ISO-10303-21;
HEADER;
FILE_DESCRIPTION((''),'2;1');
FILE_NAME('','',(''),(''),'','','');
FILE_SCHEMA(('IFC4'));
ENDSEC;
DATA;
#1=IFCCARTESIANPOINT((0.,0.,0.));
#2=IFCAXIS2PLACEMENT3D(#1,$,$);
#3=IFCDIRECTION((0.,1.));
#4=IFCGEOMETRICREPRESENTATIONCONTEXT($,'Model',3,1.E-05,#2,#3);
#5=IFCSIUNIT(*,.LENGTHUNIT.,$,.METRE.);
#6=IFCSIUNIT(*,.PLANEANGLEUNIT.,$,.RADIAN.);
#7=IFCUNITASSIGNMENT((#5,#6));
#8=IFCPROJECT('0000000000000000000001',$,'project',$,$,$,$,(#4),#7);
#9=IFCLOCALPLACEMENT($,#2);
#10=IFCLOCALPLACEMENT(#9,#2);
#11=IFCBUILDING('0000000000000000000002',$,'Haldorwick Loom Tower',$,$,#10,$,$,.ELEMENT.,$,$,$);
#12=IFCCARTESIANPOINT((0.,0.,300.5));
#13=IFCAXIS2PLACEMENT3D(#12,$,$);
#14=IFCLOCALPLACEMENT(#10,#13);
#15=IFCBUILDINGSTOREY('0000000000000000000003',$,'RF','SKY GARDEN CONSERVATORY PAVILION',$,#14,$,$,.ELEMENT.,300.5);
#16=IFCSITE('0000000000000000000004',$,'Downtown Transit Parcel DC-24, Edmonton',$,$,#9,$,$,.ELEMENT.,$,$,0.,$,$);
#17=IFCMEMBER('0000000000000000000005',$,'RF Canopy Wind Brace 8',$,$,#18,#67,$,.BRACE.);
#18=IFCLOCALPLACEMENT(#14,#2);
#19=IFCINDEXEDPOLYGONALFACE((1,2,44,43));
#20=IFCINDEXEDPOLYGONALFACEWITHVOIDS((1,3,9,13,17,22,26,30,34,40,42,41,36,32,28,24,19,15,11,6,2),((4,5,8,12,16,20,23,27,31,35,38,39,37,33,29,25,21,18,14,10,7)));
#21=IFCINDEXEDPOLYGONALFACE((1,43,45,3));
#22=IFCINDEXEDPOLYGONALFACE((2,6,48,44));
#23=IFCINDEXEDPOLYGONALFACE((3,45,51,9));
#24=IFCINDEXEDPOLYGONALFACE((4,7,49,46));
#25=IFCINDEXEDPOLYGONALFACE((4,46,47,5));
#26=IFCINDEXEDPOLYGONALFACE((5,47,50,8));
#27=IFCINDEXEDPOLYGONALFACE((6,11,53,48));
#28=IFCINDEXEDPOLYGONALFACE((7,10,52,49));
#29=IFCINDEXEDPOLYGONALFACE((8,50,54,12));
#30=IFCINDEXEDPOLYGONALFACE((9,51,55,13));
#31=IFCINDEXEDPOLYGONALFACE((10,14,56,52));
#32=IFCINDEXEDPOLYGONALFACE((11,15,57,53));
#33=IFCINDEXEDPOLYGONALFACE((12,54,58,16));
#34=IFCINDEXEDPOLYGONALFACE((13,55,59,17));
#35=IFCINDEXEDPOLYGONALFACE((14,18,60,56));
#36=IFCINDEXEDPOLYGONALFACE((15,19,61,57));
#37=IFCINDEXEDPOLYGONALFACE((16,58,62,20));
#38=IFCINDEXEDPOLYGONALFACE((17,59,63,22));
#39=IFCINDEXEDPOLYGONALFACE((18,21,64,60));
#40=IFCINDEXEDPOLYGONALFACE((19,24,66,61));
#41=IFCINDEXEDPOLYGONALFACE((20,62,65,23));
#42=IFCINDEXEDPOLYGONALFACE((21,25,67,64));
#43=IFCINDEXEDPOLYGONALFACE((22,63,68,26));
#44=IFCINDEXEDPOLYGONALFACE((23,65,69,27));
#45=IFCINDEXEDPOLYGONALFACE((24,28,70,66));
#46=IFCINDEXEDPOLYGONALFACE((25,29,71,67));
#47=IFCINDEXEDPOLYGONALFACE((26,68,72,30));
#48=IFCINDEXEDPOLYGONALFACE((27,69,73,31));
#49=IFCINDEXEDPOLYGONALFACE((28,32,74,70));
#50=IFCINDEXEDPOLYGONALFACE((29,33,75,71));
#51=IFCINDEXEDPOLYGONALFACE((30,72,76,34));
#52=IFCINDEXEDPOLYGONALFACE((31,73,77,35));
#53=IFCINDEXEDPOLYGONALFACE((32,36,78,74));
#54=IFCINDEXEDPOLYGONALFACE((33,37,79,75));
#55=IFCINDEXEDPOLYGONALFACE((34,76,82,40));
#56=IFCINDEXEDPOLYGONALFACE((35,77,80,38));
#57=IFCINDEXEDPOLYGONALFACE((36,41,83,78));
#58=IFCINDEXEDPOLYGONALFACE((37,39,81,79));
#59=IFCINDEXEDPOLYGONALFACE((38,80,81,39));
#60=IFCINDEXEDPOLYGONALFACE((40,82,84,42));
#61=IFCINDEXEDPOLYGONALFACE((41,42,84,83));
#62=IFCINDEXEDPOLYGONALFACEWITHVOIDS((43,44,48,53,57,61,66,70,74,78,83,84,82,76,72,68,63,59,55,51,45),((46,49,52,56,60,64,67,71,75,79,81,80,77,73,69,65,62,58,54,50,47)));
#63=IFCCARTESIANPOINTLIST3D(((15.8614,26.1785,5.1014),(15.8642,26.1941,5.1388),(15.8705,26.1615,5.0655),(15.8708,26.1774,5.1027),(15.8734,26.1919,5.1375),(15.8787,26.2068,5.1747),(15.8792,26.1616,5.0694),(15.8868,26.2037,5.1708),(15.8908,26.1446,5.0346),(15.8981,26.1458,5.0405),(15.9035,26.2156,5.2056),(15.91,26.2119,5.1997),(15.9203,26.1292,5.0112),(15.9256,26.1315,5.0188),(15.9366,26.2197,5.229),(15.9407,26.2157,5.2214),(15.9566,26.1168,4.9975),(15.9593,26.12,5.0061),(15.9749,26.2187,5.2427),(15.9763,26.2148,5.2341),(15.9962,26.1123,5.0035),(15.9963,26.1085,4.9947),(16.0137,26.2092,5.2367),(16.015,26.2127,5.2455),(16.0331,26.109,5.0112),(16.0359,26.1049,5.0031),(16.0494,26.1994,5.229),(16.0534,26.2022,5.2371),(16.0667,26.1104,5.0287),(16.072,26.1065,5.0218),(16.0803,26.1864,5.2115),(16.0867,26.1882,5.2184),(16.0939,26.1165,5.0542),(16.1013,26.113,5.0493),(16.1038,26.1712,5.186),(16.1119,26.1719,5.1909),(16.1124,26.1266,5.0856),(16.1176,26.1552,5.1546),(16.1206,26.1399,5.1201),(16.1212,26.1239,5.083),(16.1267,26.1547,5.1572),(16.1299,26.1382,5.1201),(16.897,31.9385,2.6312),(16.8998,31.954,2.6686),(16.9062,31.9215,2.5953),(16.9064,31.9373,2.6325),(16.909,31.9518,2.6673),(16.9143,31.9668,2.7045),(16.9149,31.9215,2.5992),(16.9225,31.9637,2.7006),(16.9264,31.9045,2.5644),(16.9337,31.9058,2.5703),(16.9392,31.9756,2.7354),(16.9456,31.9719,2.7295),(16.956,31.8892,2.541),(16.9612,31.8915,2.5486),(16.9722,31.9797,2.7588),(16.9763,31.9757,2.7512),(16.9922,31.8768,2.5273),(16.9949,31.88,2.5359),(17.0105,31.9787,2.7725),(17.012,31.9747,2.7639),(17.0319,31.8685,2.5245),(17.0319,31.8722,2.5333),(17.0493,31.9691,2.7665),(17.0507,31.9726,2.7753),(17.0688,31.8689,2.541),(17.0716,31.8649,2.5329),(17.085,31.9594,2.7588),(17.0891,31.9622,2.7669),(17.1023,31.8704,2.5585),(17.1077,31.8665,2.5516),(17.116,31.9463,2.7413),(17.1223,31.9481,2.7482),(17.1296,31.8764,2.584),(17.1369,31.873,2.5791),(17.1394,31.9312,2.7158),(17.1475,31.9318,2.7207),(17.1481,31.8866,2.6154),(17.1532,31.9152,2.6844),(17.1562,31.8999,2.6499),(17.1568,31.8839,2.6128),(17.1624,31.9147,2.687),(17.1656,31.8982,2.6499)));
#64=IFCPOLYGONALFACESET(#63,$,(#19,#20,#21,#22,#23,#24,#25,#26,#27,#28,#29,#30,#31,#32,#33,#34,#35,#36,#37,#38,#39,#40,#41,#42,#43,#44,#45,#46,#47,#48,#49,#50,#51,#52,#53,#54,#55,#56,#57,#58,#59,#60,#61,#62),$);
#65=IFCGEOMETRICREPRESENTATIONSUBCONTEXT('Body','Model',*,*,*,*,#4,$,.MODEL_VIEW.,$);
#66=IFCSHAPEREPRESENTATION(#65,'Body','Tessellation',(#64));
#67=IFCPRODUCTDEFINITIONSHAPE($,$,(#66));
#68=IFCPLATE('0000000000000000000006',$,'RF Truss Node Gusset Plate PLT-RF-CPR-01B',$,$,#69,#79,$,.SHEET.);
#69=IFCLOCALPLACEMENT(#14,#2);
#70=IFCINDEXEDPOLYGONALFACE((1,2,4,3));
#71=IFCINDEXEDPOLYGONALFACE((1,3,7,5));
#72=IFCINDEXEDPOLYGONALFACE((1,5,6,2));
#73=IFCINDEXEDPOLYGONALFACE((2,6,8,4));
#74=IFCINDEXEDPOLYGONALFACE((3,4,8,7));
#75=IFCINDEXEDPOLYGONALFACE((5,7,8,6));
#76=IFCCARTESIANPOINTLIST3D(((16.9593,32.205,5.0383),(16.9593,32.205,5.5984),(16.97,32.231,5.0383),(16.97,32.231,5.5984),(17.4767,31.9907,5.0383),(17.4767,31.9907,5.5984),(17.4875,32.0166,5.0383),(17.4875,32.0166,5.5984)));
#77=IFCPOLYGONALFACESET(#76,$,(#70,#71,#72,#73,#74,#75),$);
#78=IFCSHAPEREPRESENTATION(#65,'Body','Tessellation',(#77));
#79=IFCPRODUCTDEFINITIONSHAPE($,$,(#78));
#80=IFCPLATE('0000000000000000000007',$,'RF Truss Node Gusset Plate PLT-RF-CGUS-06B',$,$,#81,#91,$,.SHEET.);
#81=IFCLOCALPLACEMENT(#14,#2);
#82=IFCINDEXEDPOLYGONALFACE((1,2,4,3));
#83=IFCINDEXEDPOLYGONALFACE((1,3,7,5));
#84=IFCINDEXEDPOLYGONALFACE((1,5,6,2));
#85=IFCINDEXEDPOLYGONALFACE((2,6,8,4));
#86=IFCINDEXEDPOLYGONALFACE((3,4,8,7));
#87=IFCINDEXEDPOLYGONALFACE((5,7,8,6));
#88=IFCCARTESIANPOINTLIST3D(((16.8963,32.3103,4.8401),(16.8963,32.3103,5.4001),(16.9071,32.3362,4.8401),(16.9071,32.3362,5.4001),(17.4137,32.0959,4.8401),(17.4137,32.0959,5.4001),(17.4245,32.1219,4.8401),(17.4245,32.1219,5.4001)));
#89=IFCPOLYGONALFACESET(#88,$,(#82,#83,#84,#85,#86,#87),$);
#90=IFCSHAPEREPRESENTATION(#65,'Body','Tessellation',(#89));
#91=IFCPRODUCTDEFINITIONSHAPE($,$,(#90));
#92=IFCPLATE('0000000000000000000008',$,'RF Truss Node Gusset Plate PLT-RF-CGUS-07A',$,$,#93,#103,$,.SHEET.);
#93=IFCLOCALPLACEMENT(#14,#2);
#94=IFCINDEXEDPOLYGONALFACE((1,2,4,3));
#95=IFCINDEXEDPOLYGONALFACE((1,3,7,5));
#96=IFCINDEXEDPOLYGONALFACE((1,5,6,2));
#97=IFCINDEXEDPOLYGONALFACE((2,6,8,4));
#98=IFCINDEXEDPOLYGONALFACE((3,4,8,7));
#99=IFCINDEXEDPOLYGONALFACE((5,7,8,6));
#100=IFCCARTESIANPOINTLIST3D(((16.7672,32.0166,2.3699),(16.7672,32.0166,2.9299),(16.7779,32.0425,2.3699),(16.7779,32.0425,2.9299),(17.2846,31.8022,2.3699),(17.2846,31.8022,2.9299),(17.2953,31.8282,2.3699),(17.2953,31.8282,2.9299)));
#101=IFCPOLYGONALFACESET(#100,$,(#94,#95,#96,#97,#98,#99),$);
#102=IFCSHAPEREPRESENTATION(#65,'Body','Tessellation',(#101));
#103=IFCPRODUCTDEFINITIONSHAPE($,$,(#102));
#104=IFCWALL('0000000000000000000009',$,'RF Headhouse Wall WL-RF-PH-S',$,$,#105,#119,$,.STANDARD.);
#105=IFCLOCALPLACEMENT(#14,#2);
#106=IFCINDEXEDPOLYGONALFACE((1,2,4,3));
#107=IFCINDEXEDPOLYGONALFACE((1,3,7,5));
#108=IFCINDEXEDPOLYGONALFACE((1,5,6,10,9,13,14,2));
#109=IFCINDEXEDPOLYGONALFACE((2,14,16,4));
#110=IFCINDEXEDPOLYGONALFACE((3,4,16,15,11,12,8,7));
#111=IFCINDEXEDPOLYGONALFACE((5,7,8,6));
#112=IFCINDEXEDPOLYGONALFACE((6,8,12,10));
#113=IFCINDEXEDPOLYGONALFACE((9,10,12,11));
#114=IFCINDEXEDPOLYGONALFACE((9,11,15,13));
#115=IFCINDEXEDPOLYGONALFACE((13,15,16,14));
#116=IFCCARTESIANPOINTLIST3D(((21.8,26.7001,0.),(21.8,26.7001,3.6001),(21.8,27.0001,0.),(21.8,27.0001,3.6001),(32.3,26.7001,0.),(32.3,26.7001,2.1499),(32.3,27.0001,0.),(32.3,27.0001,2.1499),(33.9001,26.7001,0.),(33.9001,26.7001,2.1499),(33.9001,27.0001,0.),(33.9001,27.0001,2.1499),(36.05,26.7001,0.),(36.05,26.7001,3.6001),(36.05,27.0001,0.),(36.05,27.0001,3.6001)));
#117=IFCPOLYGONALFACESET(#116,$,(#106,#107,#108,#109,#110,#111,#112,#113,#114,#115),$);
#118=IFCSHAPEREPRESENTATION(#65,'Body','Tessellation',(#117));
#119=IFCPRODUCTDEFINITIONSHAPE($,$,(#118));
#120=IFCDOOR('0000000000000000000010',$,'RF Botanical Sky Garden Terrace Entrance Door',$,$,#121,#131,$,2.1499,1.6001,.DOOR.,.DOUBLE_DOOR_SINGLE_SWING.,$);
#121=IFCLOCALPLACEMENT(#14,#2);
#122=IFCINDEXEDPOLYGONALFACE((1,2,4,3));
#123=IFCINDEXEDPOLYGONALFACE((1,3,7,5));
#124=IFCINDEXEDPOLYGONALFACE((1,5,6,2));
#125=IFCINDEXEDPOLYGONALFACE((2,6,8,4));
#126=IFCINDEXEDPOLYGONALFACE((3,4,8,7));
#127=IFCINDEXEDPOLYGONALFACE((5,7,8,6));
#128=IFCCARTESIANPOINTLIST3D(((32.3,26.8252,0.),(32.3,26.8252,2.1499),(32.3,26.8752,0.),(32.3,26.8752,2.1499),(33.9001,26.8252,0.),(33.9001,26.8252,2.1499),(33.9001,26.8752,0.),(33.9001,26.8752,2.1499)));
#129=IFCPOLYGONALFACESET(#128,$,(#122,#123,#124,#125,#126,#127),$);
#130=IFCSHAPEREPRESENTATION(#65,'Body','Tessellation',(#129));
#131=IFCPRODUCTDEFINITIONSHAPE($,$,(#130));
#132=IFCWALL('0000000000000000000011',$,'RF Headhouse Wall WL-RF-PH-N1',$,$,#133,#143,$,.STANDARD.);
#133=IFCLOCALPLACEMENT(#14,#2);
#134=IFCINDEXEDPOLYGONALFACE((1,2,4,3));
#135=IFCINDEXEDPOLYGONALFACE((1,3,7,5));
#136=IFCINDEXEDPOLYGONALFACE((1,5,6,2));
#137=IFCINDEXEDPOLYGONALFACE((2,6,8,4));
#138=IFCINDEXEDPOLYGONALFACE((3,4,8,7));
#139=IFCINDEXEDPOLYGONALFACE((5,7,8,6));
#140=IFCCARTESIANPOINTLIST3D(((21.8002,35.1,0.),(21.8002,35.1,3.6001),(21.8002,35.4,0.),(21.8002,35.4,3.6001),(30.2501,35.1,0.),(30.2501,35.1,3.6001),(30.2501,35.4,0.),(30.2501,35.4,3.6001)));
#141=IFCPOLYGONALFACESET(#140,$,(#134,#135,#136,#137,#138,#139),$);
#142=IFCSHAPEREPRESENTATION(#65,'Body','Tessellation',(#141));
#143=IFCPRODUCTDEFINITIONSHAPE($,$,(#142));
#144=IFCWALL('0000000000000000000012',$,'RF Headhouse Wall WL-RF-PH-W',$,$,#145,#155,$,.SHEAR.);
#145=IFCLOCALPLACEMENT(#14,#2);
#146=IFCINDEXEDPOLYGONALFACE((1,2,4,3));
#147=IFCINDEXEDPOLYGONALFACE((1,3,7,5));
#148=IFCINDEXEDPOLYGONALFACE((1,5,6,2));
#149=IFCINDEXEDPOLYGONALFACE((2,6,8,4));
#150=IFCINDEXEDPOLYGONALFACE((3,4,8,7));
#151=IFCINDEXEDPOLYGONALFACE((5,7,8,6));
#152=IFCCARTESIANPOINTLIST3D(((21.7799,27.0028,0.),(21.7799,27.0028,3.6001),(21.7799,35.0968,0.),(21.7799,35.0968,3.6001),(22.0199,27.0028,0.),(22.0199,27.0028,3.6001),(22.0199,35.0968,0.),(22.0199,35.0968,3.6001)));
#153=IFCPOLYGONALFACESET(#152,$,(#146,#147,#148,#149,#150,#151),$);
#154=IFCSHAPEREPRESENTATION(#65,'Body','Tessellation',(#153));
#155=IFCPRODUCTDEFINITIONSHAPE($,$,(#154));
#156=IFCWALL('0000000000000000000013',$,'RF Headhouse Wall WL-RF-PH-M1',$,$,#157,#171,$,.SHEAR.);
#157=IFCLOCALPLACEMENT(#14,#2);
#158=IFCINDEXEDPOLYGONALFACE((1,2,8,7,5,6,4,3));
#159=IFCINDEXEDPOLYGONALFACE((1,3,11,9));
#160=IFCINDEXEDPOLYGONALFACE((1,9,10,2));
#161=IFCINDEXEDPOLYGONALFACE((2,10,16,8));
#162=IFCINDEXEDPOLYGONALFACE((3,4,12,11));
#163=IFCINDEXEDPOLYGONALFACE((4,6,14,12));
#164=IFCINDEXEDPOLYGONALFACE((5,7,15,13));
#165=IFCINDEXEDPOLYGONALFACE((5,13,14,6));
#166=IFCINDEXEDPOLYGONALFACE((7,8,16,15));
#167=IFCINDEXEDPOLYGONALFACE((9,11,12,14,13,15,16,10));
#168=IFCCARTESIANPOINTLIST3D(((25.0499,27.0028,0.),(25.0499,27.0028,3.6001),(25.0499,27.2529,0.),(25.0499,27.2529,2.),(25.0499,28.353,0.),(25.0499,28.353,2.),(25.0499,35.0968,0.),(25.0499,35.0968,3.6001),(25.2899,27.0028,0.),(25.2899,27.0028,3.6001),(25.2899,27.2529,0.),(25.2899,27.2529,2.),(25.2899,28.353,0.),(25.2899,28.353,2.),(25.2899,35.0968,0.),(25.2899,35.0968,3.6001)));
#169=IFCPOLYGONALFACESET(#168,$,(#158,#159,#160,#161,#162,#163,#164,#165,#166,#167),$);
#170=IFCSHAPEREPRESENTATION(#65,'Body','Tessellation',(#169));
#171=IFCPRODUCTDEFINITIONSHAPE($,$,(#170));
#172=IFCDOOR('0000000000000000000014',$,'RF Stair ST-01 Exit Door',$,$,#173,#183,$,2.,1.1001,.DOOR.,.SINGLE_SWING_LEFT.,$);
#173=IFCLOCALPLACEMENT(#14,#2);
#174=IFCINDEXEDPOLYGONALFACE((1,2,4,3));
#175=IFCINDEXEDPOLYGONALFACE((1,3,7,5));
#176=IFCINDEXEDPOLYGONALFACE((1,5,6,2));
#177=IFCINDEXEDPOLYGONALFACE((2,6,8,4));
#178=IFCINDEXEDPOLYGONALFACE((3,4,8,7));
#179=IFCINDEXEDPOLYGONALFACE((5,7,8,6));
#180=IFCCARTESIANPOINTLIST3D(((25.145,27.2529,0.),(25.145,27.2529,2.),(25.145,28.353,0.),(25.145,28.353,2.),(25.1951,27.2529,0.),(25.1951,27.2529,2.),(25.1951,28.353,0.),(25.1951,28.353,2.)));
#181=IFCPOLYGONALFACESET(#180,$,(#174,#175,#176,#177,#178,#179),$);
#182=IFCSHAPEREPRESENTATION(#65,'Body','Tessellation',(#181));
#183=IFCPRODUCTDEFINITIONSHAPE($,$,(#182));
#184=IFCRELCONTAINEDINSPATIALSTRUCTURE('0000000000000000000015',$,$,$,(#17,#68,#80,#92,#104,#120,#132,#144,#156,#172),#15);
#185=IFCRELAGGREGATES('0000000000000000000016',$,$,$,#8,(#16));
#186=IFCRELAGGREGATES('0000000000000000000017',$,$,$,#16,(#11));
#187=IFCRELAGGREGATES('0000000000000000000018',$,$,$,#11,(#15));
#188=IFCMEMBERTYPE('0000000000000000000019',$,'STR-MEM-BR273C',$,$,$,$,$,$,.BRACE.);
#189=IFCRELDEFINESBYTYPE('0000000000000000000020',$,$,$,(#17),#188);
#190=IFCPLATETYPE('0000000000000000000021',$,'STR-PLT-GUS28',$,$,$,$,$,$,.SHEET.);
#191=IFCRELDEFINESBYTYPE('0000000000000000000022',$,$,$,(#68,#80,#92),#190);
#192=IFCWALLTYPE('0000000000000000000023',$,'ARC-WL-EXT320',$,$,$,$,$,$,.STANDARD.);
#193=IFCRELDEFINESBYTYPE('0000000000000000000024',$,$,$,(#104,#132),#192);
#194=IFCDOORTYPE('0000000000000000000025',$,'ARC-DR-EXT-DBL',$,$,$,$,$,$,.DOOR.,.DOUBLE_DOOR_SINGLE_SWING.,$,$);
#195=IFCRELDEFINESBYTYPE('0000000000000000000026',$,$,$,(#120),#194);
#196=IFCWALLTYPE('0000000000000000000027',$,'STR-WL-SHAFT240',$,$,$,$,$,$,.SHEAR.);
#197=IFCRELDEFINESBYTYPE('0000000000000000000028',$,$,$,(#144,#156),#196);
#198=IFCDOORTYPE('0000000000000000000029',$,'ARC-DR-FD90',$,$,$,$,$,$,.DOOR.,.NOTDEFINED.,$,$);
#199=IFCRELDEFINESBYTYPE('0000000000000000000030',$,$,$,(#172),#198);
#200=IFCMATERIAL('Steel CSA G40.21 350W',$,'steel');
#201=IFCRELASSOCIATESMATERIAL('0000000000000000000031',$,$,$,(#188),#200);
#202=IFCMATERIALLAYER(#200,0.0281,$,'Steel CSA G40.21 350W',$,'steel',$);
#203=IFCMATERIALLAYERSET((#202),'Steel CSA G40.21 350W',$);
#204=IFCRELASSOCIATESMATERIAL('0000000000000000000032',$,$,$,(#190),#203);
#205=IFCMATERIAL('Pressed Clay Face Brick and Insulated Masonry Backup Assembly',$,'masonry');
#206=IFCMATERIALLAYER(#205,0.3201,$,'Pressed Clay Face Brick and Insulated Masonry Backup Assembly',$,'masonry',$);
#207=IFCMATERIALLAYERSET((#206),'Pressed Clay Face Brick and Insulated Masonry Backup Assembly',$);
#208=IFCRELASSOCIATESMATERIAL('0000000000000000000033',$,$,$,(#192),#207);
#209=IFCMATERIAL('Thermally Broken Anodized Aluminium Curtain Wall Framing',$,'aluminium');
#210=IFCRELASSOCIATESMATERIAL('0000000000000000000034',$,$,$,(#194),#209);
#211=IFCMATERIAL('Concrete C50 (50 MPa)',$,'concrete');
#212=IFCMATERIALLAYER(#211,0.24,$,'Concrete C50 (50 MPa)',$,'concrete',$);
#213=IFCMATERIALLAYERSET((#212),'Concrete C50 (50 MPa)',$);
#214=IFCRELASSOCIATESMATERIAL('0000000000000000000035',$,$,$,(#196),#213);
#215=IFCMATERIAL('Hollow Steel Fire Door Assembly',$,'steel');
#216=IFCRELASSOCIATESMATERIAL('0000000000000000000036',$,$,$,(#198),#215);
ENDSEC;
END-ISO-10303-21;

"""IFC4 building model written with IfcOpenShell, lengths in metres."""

from ifc_helpers import new_model, si_unit, direction, frame, frame_2d, origin, origin_2d, place, context, subcontext, project, spatial, rectangle, hollow_circle, extrude, material, layer, layer_set, material_profile, profile_set, type_object, element, fill, save


model = new_model("IFC4")

# Units and contexts
model_context = context("Model", 3, precision=1e-05, world=origin(), true_north=direction((0.0, 1.0)))
body_context = subcontext(model_context, "Body", "Model", "MODEL_VIEW")
ifc_project = project(units=[si_unit("LENGTHUNIT", "METRE"), si_unit("PLANEANGLEUNIT", "RADIAN")], contexts=[model_context])

# Site, building, storey
site_placement = place(None, origin())
site = spatial("IfcSite", under=ifc_project, at=site_placement, Name="Downtown Transit Parcel DC-24, Edmonton", CompositionType="ELEMENT", RefElevation=0.0)
building_placement = place(site_placement, origin())
building = spatial("IfcBuilding", under=site, at=building_placement, Name="Haldorwick Loom Tower", CompositionType="ELEMENT")
storey_placement = place(building_placement, frame((0.0, 0.0, 300.5)))
storey = spatial("IfcBuildingStorey", under=building, at=storey_placement, Name="RF", Description="SKY GARDEN CONSERVATORY PAVILION", CompositionType="ELEMENT", Elevation=300.5)

# Shared definitions
ifc_material_1 = material(Name="Steel CSA G40.21 350W", Category="steel")

# Member
ifc_material_profile_1 = material_profile(ifc_material_1, hollow_circle(Radius=0.1365, WallThickness=0.0095, at=origin_2d()), Name="HSS273X10", Category="steel")
ifc_profile_set_1 = profile_set([ifc_material_profile_1], Name="Steel CSA G40.21 350W")
member_type = type_object("IfcMemberType", Name="STR-MEM-BR273C", PredefinedType="BRACE", material=ifc_profile_set_1)
member_placement = place(storey_placement, frame((17.0312, 31.9224, 2.6499), z_axis=(-0.163034, -0.906754, 0.388867), x_axis=(0.984218, -0.176961, 0.0)))
element("IfcMember", 1, at=member_placement, inside=storey, type_object=member_type, Name="RF Canopy Wind Brace 8", PredefinedType="BRACE", context=body_context, shape_type="SweptSolid", body=[
    extrude(hollow_circle(Radius=0.1365, WallThickness=0.0095, at=origin_2d()), origin(), (0.0, 0.0, 1.0), 6.3523),
])

# Plates
ifc_layer_1 = layer(ifc_material_1, 0.0281, Name="Steel CSA G40.21 350W", Category="steel")
ifc_layer_set_1 = layer_set([ifc_layer_1], Name="Steel CSA G40.21 350W")
plate_type = type_object("IfcPlateType", Name="STR-PLT-GUS28", PredefinedType="SHEET", material=ifc_layer_set_1)
for number, where, z_axis, x_axis, name in (
    (2, (17.2234, 32.1108, 5.0383), (0.0, 0.0, 1.0), (-0.92388, 0.382683, 0.0), "RF Truss Node Gusset Plate PLT-RF-CPR-01B"),
    (3, (17.1604, 32.2161, 4.8401), (0.0, 0.0, 1.0), (-0.92388, 0.382683, 0.0), "RF Truss Node Gusset Plate PLT-RF-CGUS-06B"),
    (4, (17.0312, 31.9224, 2.3699), (0.0, 0.0, 1.0), (-0.92388, 0.382683, 0.0), "RF Truss Node Gusset Plate PLT-RF-CGUS-07A"),
):
    element("IfcPlate", number, at=place(storey_placement, frame(where, z_axis=z_axis, x_axis=x_axis)), inside=storey, type_object=plate_type, Name=name, PredefinedType="SHEET", context=body_context, shape_type="SweptSolid", body=[
        extrude(rectangle(XDim=0.5601, YDim=0.0281, at=origin_2d()), origin(), (0.0, 0.0, 1.0), 0.5601),
    ])

# Wall, opening, door
ifc_material_2 = material(Name="Pressed Clay Face Brick and Insulated Masonry Backup Assembly", Category="masonry")
ifc_layer_2 = layer(ifc_material_2, 0.3201, Name="Pressed Clay Face Brick and Insulated Masonry Backup Assembly", Category="masonry")
ifc_layer_set_2 = layer_set([ifc_layer_2], Name="Pressed Clay Face Brick and Insulated Masonry Backup Assembly")
wall_type_1 = type_object("IfcWallType", Name="ARC-WL-EXT320", PredefinedType="STANDARD", material=ifc_layer_set_2)
wall_1_placement = place(storey_placement, frame((21.8, 26.8501, 0.0), z_axis=(0.0, 0.0, 1.0), x_axis=(1.0, 0.0, 0.0)))
wall_1 = element("IfcWall", 5, at=wall_1_placement, inside=storey, type_object=wall_type_1, Name="RF Headhouse Wall WL-RF-PH-S", PredefinedType="STANDARD", context=body_context, shape_type="SweptSolid", body=[
    extrude(rectangle(XDim=14.25, YDim=0.3, at=frame_2d((7.125, 0.0))), origin(), (0.0, 0.0, 1.0), 3.6001),
])
opening_1_placement = place(wall_1_placement, frame((10.5, 0.0, 0.0)))
opening_1 = element("IfcOpeningElement", 6, at=opening_1_placement, cuts=wall_1, PredefinedType="OPENING", context=body_context, shape_type="SweptSolid", body=[
    extrude(rectangle(XDim=1.6001, YDim=2.1499, at=frame_2d((0.8, 1.075))), frame((0.0, 0.1599, 0.0), z_axis=(0.0, -1.0, 0.0), x_axis=(1.0, 0.0, 0.0)), (0.0, 0.0, 1.0), 0.3201),
])
ifc_material_3 = material(Name="Thermally Broken Anodized Aluminium Curtain Wall Framing", Category="aluminium")
door_type_1 = type_object("IfcDoorType", Name="ARC-DR-EXT-DBL", OperationType="DOUBLE_DOOR_SINGLE_SWING", PredefinedType="DOOR", material=ifc_material_3)
door_1_placement = place(opening_1_placement, frame((1.6001, 0.0, 0.0), z_axis=(0.0, 0.0, 1.0), x_axis=(-1.0, 0.0, 0.0)))
door_1 = element("IfcDoor", 7, at=door_1_placement, inside=storey, type_object=door_type_1, Name="RF Botanical Sky Garden Terrace Entrance Door", OperationType="DOUBLE_DOOR_SINGLE_SWING", OverallHeight=2.1499, OverallWidth=1.6001, PredefinedType="DOOR", context=body_context, shape_type="SweptSolid", body=[
    extrude(rectangle(XDim=1.6001, YDim=2.1499, at=frame_2d((0.8, 1.075))), frame((0.0, 0.0249, 0.0), z_axis=(0.0, -1.0, 0.0), x_axis=(1.0, 0.0, 0.0)), (0.0, 0.0, 1.0), 0.05),
])
fill(opening_1, door_1)

# Walls
wall_2_placement = place(storey_placement, frame((21.8, 35.25, 0.0), z_axis=(0.0, 0.0, 1.0), x_axis=(1.0, 0.0, 0.0)))
element("IfcWall", 8, at=wall_2_placement, inside=storey, type_object=wall_type_1, Name="RF Headhouse Wall WL-RF-PH-N1", PredefinedType="STANDARD", context=body_context, shape_type="SweptSolid", body=[
    extrude(rectangle(XDim=8.45, YDim=0.3, at=frame_2d((4.2251, 0.0))), origin(), (0.0, 0.0, 1.0), 3.6001),
])
ifc_material_4 = material(Name="Concrete C50 (50 MPa)", Category="concrete")
ifc_layer_3 = layer(ifc_material_4, 0.24, Name="Concrete C50 (50 MPa)", Category="concrete")
ifc_layer_set_3 = layer_set([ifc_layer_3], Name="Concrete C50 (50 MPa)")
wall_type_2 = type_object("IfcWallType", Name="STR-WL-SHAFT240", PredefinedType="SHEAR", material=ifc_layer_set_3)
wall_3_placement = place(storey_placement, frame((21.8999, 27.0029, 0.0), z_axis=(0.0, 0.0, 1.0), x_axis=(0.0, 1.0, 0.0)))
element("IfcWall", 9, at=wall_3_placement, inside=storey, type_object=wall_type_2, Name="RF Headhouse Wall WL-RF-PH-W", PredefinedType="SHEAR", context=body_context, shape_type="SweptSolid", body=[
    extrude(rectangle(XDim=8.094, YDim=0.24, at=frame_2d((4.0469, 0.0))), origin(), (0.0, 0.0, 1.0), 3.6001),
])

# Wall, opening, door
wall_4_placement = place(storey_placement, frame((25.1699, 27.0029, 0.0), z_axis=(0.0, 0.0, 1.0), x_axis=(0.0, 1.0, 0.0)))
wall_4 = element("IfcWall", 10, at=wall_4_placement, inside=storey, type_object=wall_type_2, Name="RF Headhouse Wall WL-RF-PH-M1", PredefinedType="SHEAR", context=body_context, shape_type="SweptSolid", body=[
    extrude(rectangle(XDim=8.094, YDim=0.24, at=frame_2d((4.0469, 0.0))), origin(), (0.0, 0.0, 1.0), 3.6001),
])
opening_2_placement = place(wall_4_placement, frame((0.25, 0.0, 0.0)))
opening_2 = element("IfcOpeningElement", 11, at=opening_2_placement, cuts=wall_4, PredefinedType="OPENING", context=body_context, shape_type="SweptSolid", body=[
    extrude(rectangle(XDim=1.1001, YDim=2.0, at=frame_2d((0.55, 1.0))), frame((0.0, 0.1299, 0.0), z_axis=(0.0, -1.0, 0.0), x_axis=(1.0, 0.0, 0.0)), (0.0, 0.0, 1.0), 0.26),
])
ifc_material_5 = material(Name="Hollow Steel Fire Door Assembly", Category="steel")
door_type_2 = type_object("IfcDoorType", Name="ARC-DR-FD90", OperationType="NOTDEFINED", PredefinedType="DOOR", material=ifc_material_5)
door_2_placement = place(opening_2_placement, origin())
door_2 = element("IfcDoor", 12, at=door_2_placement, inside=storey, type_object=door_type_2, Name="RF Stair ST-01 Exit Door", OperationType="SINGLE_SWING_LEFT", OverallHeight=2.0, OverallWidth=1.1001, PredefinedType="DOOR", context=body_context, shape_type="SweptSolid", body=[
    extrude(rectangle(XDim=1.1001, YDim=2.0, at=frame_2d((0.55, 1.0))), frame((0.0, 0.0249, 0.0), z_axis=(0.0, -1.0, 0.0), x_axis=(1.0, 0.0, 0.0)), (0.0, 0.0, 1.0), 0.05),
])
fill(opening_2, door_2)

save(model, "model.ifc")
